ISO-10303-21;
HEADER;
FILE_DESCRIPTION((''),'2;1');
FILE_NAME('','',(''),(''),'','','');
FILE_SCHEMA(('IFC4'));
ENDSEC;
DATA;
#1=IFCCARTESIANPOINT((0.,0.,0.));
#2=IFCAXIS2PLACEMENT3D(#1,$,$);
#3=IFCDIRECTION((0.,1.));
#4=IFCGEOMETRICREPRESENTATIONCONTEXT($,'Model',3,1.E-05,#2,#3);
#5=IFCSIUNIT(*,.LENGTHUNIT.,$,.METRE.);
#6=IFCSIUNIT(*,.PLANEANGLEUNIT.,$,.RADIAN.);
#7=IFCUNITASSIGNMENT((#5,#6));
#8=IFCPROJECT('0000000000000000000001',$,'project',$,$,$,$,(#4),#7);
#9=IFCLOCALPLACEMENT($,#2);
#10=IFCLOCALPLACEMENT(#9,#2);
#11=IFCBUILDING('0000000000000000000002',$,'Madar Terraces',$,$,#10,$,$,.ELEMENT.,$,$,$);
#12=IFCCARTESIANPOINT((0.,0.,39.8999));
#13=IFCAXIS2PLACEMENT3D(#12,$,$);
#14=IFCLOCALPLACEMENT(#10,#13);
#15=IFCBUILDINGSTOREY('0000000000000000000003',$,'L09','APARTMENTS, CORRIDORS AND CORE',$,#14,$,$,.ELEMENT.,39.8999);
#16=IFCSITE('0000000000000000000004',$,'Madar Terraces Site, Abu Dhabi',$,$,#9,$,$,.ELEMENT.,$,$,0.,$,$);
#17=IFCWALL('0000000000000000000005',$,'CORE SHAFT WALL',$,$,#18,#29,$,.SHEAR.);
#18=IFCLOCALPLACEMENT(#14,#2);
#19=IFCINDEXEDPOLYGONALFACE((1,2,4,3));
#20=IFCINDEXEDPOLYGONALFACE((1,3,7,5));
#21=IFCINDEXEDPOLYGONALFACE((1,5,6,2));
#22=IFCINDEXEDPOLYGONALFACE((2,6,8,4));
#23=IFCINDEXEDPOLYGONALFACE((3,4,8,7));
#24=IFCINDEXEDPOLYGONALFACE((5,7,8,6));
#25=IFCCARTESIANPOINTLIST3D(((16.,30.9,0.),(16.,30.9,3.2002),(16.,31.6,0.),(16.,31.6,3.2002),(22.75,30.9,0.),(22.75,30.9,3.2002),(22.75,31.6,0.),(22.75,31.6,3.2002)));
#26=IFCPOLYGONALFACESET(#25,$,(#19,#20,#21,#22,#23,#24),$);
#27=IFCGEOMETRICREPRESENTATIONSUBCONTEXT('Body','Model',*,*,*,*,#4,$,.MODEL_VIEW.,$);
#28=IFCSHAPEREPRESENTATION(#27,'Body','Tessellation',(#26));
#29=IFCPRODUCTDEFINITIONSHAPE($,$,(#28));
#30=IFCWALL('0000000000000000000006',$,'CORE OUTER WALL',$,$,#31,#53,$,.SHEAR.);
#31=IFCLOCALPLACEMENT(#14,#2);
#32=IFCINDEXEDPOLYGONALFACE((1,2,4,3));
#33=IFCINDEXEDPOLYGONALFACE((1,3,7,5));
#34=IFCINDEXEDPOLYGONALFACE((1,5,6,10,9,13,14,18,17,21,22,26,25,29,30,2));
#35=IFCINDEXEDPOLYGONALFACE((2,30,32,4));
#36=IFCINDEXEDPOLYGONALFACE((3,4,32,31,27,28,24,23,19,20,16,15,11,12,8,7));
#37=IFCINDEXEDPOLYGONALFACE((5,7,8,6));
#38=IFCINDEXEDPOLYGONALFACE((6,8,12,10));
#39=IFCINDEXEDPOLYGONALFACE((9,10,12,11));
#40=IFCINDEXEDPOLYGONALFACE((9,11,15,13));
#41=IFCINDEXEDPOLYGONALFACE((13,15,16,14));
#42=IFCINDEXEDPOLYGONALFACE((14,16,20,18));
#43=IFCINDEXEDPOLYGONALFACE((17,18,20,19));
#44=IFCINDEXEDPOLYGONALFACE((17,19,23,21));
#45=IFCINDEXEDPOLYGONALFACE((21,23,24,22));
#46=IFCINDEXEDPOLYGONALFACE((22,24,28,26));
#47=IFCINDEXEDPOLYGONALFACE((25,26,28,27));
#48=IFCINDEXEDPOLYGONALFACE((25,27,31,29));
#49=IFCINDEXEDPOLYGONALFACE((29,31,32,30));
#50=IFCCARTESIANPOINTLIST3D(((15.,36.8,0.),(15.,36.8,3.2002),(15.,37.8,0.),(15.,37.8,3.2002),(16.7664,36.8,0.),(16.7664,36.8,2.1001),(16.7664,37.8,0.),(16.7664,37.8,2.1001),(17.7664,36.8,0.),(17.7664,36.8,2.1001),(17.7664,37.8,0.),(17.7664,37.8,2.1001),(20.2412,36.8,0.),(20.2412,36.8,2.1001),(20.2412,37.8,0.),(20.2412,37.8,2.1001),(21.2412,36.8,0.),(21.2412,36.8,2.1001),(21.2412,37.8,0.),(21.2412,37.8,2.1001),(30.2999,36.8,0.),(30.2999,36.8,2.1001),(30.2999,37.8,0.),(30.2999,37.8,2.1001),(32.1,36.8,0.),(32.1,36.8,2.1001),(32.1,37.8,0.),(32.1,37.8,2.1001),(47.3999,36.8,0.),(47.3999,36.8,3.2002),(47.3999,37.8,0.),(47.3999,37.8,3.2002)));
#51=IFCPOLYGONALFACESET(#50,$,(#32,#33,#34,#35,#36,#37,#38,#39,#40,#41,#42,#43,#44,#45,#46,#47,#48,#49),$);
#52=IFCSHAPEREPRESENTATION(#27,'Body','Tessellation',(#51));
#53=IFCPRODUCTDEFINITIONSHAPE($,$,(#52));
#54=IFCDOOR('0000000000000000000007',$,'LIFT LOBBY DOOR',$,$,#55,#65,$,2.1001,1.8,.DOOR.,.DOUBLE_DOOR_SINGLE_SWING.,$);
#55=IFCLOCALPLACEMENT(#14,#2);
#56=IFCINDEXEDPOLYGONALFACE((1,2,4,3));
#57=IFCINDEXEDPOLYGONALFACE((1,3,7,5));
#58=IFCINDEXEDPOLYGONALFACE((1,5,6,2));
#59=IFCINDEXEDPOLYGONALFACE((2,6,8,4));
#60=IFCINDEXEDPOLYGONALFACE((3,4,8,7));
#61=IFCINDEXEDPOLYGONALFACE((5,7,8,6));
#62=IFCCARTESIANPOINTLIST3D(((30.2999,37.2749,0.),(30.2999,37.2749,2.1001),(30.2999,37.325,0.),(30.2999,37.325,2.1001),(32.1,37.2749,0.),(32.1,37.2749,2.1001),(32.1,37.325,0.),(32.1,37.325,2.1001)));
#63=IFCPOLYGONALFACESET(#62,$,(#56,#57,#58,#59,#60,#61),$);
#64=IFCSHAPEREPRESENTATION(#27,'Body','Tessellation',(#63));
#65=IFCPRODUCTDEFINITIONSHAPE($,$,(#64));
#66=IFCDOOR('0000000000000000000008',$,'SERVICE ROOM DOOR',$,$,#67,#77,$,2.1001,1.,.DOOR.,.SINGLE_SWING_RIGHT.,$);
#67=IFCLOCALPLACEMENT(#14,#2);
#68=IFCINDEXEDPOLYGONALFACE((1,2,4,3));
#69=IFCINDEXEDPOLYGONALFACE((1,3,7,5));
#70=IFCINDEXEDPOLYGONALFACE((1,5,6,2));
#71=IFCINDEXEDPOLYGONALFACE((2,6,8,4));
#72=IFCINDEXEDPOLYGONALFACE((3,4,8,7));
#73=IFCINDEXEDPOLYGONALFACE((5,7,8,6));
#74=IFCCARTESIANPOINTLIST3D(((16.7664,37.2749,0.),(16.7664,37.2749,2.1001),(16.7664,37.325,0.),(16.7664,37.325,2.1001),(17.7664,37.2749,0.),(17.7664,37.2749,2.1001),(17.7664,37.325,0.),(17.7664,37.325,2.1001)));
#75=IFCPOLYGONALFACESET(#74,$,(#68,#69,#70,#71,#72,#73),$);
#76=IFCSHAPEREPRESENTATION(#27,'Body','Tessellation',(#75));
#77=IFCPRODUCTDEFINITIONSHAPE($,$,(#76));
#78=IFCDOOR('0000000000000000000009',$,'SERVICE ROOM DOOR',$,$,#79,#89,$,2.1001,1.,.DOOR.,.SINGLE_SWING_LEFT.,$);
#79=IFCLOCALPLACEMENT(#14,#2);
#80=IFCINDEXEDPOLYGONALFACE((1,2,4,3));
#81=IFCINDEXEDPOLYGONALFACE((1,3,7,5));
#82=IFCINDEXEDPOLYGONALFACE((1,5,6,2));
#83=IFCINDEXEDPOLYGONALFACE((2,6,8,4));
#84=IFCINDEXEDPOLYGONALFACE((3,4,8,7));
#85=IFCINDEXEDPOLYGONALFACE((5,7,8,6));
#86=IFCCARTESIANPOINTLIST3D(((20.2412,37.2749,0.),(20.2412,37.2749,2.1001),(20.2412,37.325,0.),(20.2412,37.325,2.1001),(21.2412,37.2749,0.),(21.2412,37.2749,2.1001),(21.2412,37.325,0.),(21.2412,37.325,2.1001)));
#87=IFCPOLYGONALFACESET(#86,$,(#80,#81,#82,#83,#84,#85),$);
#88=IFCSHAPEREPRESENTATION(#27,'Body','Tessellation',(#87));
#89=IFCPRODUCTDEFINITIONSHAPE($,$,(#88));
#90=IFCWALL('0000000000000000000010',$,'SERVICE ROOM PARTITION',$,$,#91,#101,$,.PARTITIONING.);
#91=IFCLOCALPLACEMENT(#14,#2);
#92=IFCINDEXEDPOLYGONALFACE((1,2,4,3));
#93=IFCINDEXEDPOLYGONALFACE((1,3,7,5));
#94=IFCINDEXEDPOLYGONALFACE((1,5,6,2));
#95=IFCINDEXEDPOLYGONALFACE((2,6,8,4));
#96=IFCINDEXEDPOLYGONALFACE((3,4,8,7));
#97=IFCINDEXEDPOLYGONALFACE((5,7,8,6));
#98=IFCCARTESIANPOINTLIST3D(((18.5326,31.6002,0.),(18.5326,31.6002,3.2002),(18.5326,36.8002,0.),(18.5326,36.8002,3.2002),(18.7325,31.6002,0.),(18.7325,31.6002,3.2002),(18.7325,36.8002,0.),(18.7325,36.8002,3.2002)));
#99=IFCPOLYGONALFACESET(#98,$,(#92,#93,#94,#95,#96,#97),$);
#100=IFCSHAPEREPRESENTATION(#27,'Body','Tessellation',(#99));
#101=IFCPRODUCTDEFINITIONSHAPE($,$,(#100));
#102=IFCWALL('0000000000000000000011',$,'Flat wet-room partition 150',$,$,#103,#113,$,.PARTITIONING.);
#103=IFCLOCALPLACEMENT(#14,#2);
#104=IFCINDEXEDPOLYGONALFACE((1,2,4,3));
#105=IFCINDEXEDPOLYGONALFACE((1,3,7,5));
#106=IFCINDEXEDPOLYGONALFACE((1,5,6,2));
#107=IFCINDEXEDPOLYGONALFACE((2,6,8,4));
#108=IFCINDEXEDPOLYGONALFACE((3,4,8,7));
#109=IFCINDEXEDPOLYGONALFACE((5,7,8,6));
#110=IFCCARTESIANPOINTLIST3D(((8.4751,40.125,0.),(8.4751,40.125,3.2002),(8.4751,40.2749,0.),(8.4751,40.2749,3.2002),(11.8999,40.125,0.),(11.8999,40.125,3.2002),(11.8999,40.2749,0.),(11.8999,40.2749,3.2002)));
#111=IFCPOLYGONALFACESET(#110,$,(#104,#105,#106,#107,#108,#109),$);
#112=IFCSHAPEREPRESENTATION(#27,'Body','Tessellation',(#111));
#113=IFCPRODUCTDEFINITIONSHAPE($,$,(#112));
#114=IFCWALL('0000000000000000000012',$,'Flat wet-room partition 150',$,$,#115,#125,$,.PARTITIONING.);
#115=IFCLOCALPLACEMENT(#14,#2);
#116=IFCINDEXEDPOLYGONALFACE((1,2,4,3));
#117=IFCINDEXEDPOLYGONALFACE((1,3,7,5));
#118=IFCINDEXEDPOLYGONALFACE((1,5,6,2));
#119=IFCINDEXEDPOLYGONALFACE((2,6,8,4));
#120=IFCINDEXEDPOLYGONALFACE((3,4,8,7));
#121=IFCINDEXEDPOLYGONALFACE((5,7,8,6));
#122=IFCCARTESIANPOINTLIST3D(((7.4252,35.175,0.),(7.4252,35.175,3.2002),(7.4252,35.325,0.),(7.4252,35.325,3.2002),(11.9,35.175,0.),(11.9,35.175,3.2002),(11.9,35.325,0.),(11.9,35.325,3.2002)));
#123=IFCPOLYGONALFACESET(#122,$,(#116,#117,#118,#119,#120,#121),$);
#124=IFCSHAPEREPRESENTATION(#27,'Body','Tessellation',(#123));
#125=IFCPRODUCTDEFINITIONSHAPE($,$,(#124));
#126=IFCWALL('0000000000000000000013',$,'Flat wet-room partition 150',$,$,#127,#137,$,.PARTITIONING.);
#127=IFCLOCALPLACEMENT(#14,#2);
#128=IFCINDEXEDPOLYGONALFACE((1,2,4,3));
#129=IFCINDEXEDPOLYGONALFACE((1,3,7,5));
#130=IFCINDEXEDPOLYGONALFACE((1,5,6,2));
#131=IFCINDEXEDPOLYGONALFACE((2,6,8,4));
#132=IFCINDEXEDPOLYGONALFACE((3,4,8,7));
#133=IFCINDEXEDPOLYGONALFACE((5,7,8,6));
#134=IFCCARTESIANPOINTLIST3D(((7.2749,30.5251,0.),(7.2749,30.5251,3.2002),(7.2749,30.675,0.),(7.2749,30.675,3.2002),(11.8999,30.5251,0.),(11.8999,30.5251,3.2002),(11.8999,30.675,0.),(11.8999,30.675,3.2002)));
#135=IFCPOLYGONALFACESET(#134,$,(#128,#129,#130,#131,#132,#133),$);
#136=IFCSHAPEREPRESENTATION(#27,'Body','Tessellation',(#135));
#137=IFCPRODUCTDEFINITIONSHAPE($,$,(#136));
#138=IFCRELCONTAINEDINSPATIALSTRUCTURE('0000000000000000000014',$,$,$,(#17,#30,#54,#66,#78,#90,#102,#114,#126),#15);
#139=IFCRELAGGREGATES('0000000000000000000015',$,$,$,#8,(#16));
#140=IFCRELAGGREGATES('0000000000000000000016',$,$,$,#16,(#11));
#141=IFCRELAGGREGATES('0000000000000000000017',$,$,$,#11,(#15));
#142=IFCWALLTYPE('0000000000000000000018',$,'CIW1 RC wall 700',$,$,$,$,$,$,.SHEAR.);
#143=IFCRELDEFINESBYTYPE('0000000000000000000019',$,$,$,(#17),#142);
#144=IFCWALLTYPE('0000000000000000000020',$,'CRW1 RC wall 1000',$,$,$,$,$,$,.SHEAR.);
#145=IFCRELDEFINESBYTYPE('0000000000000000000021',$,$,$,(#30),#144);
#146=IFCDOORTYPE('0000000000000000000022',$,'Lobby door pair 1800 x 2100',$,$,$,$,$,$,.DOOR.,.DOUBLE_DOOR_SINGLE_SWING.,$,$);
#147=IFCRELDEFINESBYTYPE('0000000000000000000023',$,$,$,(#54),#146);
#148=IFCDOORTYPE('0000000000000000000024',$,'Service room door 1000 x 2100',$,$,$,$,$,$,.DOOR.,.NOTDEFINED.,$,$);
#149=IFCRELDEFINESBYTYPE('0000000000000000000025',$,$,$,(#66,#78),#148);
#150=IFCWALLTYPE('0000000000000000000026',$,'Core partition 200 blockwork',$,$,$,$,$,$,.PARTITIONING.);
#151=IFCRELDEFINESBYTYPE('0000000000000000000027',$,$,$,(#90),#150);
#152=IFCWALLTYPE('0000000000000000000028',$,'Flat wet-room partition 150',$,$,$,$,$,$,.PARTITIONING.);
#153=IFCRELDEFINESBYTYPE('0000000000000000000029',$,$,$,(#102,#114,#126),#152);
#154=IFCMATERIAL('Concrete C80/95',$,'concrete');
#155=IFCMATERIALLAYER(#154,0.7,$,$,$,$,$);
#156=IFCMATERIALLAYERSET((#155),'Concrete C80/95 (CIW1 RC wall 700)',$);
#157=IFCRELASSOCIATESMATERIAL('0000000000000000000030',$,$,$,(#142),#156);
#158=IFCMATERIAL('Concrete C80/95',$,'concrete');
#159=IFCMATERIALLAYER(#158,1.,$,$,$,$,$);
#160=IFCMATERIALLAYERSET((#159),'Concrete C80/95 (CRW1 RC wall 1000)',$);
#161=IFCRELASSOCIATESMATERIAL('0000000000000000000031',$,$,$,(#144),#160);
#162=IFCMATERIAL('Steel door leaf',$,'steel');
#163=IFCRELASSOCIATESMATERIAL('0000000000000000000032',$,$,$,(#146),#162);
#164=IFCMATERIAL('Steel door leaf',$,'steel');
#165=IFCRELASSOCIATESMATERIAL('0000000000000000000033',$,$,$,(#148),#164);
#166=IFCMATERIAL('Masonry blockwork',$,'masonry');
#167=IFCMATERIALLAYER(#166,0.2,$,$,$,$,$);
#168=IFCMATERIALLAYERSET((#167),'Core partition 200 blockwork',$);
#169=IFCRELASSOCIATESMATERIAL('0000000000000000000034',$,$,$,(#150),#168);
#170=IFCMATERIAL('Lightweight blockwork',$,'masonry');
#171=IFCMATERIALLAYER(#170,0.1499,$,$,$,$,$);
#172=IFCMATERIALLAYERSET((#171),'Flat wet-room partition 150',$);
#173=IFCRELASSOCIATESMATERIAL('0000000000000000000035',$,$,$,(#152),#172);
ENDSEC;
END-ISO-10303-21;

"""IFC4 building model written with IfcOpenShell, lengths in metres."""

from ifc_helpers import new_model, si_unit, direction, frame, frame_2d, origin, place, context, subcontext, project, spatial, rectangle, extrude, material, layer, layer_set, type_object, element, fill, save


model = new_model("IFC4")

# Units and contexts
model_context = context("Model", 3, precision=1e-05, world=origin(), true_north=direction((0.0, 1.0)))
body_context = subcontext(model_context, "Body", "Model", "MODEL_VIEW")
ifc_project = project(units=[si_unit("LENGTHUNIT", "METRE"), si_unit("PLANEANGLEUNIT", "RADIAN")], contexts=[model_context])

# Site, building, storey
site_placement = place(None, origin())
site = spatial("IfcSite", under=ifc_project, at=site_placement, Name="Madar Terraces Site, Abu Dhabi", CompositionType="ELEMENT", RefElevation=0.0)
building_placement = place(site_placement, origin())
building = spatial("IfcBuilding", under=site, at=building_placement, Name="Madar Terraces", CompositionType="ELEMENT")
storey_placement = place(building_placement, frame((0.0, 0.0, 39.8999)))
storey = spatial("IfcBuildingStorey", under=building, at=storey_placement, Name="L09", Description="APARTMENTS, CORRIDORS AND CORE", CompositionType="ELEMENT", Elevation=39.8999)

# Wall
ifc_material_1 = material(Name="Concrete C80/95", Category="concrete")
ifc_layer_1 = layer(ifc_material_1, 0.7)
ifc_layer_set_1 = layer_set([ifc_layer_1], Name="Concrete C80/95 (CIW1 RC wall 700)")
wall_type_1 = type_object("IfcWallType", Name="CIW1 RC wall 700", PredefinedType="SHEAR", material=ifc_layer_set_1)
wall_1_placement = place(storey_placement, frame((16.0, 31.25, 0.0), z_axis=(0.0, 0.0, 1.0), x_axis=(1.0, 0.0, 0.0)))
element("IfcWall", 1, at=wall_1_placement, inside=storey, type_object=wall_type_1, Name="CORE SHAFT WALL", PredefinedType="SHEAR", context=body_context, shape_type="SweptSolid", body=[
    extrude(rectangle(XDim=6.75, YDim=0.7, at=frame_2d((3.375, 0.0))), origin(), (0.0, 0.0, 1.0), 3.2002),
])

# Wall, openings, doors
ifc_material_2 = material(Name="Concrete C80/95", Category="concrete")
ifc_layer_2 = layer(ifc_material_2, 1.0)
ifc_layer_set_2 = layer_set([ifc_layer_2], Name="Concrete C80/95 (CRW1 RC wall 1000)")
wall_type_2 = type_object("IfcWallType", Name="CRW1 RC wall 1000", PredefinedType="SHEAR", material=ifc_layer_set_2)
wall_2_placement = place(storey_placement, frame((15.0, 37.3, 0.0), z_axis=(0.0, 0.0, 1.0), x_axis=(1.0, 0.0, 0.0)))
wall_2 = element("IfcWall", 2, at=wall_2_placement, inside=storey, type_object=wall_type_2, Name="CORE OUTER WALL", PredefinedType="SHEAR", context=body_context, shape_type="SweptSolid", body=[
    extrude(rectangle(XDim=32.3999, YDim=1.0, at=frame_2d((16.2, 0.0))), origin(), (0.0, 0.0, 1.0), 3.2002),
])
opening_1_placement = place(wall_2_placement, frame((15.3, 0.0, 0.0)))
opening_1 = element("IfcOpeningElement", 3, at=opening_1_placement, cuts=wall_2, PredefinedType="OPENING", context=body_context, shape_type="SweptSolid", body=[
    extrude(rectangle(XDim=1.8, YDim=2.1001, at=frame_2d((0.8999, 1.05))), frame((0.0, 0.51, 0.0), z_axis=(0.0, -1.0, 0.0), x_axis=(1.0, 0.0, 0.0)), (0.0, 0.0, 1.0), 1.02),
])
opening_2_placement = place(wall_2_placement, frame((1.7664, 0.0, 0.0)))
opening_2 = element("IfcOpeningElement", 4, at=opening_2_placement, cuts=wall_2, PredefinedType="OPENING", context=body_context, shape_type="SweptSolid", body=[
    extrude(rectangle(XDim=1.0, YDim=2.1001, at=frame_2d((0.5, 1.05))), frame((0.0, 0.51, 0.0), z_axis=(0.0, -1.0, 0.0), x_axis=(1.0, 0.0, 0.0)), (0.0, 0.0, 1.0), 1.02),
])
opening_3_placement = place(wall_2_placement, frame((5.2412, 0.0, 0.0)))
opening_3 = element("IfcOpeningElement", 5, at=opening_3_placement, cuts=wall_2, PredefinedType="OPENING", context=body_context, shape_type="SweptSolid", body=[
    extrude(rectangle(XDim=1.0, YDim=2.1001, at=frame_2d((0.5, 1.05))), frame((0.0, 0.51, 0.0), z_axis=(0.0, -1.0, 0.0), x_axis=(1.0, 0.0, 0.0)), (0.0, 0.0, 1.0), 1.02),
])
ifc_material_3 = material(Name="Steel door leaf", Category="steel")
door_type_1 = type_object("IfcDoorType", Name="Lobby door pair 1800 x 2100", OperationType="DOUBLE_DOOR_SINGLE_SWING", PredefinedType="DOOR", material=ifc_material_3)
door_1_placement = place(opening_1_placement, origin())
door_1 = element("IfcDoor", 6, at=door_1_placement, inside=storey, type_object=door_type_1, Name="LIFT LOBBY DOOR", OperationType="DOUBLE_DOOR_SINGLE_SWING", OverallHeight=2.1001, OverallWidth=1.8, PredefinedType="DOOR", context=body_context, shape_type="SweptSolid", body=[
    extrude(rectangle(XDim=1.8, YDim=2.1001, at=frame_2d((0.8999, 1.05))), frame((0.0, 0.0249, 0.0), z_axis=(0.0, -1.0, 0.0), x_axis=(1.0, 0.0, 0.0)), (0.0, 0.0, 1.0), 0.05),
])
fill(opening_1, door_1)
ifc_material_4 = material(Name="Steel door leaf", Category="steel")
door_type_2 = type_object("IfcDoorType", Name="Service room door 1000 x 2100", OperationType="NOTDEFINED", PredefinedType="DOOR", material=ifc_material_4)
door_2_placement = place(opening_2_placement, origin())
door_2 = element("IfcDoor", 7, at=door_2_placement, inside=storey, type_object=door_type_2, Name="SERVICE ROOM DOOR", OperationType="SINGLE_SWING_RIGHT", OverallHeight=2.1001, OverallWidth=1.0, PredefinedType="DOOR", context=body_context, shape_type="SweptSolid", body=[
    extrude(rectangle(XDim=1.0, YDim=2.1001, at=frame_2d((0.5, 1.05))), frame((0.0, 0.0249, 0.0), z_axis=(0.0, -1.0, 0.0), x_axis=(1.0, 0.0, 0.0)), (0.0, 0.0, 1.0), 0.05),
])
fill(opening_2, door_2)
door_3_placement = place(opening_3_placement, origin())
door_3 = element("IfcDoor", 8, at=door_3_placement, inside=storey, type_object=door_type_2, Name="SERVICE ROOM DOOR", OperationType="SINGLE_SWING_LEFT", OverallHeight=2.1001, OverallWidth=1.0, PredefinedType="DOOR", context=body_context, shape_type="SweptSolid", body=[
    extrude(rectangle(XDim=1.0, YDim=2.1001, at=frame_2d((0.5, 1.05))), frame((0.0, 0.0249, 0.0), z_axis=(0.0, -1.0, 0.0), x_axis=(1.0, 0.0, 0.0)), (0.0, 0.0, 1.0), 0.05),
])
fill(opening_3, door_3)

# Walls
ifc_material_5 = material(Name="Masonry blockwork", Category="masonry")
ifc_layer_3 = layer(ifc_material_5, 0.2)
ifc_layer_set_3 = layer_set([ifc_layer_3], Name="Core partition 200 blockwork")
wall_type_3 = type_object("IfcWallType", Name="Core partition 200 blockwork", PredefinedType="PARTITIONING", material=ifc_layer_set_3)
wall_3_placement = place(storey_placement, frame((18.6326, 31.6001, 0.0), z_axis=(0.0, 0.0, 1.0), x_axis=(0.0, 1.0, 0.0)))
element("IfcWall", 9, at=wall_3_placement, inside=storey, type_object=wall_type_3, Name="SERVICE ROOM PARTITION", PredefinedType="PARTITIONING", context=body_context, shape_type="SweptSolid", body=[
    extrude(rectangle(XDim=5.2, YDim=0.2, at=frame_2d((2.6001, 0.0))), origin(), (0.0, 0.0, 1.0), 3.2002),
])
ifc_material_6 = material(Name="Lightweight blockwork", Category="masonry")
ifc_layer_4 = layer(ifc_material_6, 0.1499)
ifc_layer_set_4 = layer_set([ifc_layer_4], Name="Flat wet-room partition 150")
wall_type_4 = type_object("IfcWallType", Name="Flat wet-room partition 150", PredefinedType="PARTITIONING", material=ifc_layer_set_4)
wall_4_placement = place(storey_placement, frame((11.8999, 40.2, 0.0), z_axis=(0.0, 0.0, 1.0), x_axis=(-1.0, 0.0, 0.0)))
element("IfcWall", 10, at=wall_4_placement, inside=storey, type_object=wall_type_4, Name="Flat wet-room partition 150", PredefinedType="PARTITIONING", context=body_context, shape_type="SweptSolid", body=[
    extrude(rectangle(XDim=3.4248, YDim=0.1499, at=frame_2d((1.7124, 0.0))), origin(), (0.0, 0.0, 1.0), 3.2002),
])
wall_5_placement = place(storey_placement, frame((11.8999, 35.25, 0.0), z_axis=(0.0, 0.0, 1.0), x_axis=(-1.0, 0.0, 0.0)))
element("IfcWall", 11, at=wall_5_placement, inside=storey, type_object=wall_type_4, Name="Flat wet-room partition 150", PredefinedType="PARTITIONING", context=body_context, shape_type="SweptSolid", body=[
    extrude(rectangle(XDim=4.4749, YDim=0.1499, at=frame_2d((2.2373, 0.0))), origin(), (0.0, 0.0, 1.0), 3.2002),
])
wall_6_placement = place(storey_placement, frame((11.8999, 30.6001, 0.0), z_axis=(0.0, 0.0, 1.0), x_axis=(-1.0, 0.0, 0.0)))
element("IfcWall", 12, at=wall_6_placement, inside=storey, type_object=wall_type_4, Name="Flat wet-room partition 150", PredefinedType="PARTITIONING", context=body_context, shape_type="SweptSolid", body=[
    extrude(rectangle(XDim=4.625, YDim=0.1499, at=frame_2d((2.3125, 0.0))), origin(), (0.0, 0.0, 1.0), 3.2002),
])

save(model, "model.ifc")
